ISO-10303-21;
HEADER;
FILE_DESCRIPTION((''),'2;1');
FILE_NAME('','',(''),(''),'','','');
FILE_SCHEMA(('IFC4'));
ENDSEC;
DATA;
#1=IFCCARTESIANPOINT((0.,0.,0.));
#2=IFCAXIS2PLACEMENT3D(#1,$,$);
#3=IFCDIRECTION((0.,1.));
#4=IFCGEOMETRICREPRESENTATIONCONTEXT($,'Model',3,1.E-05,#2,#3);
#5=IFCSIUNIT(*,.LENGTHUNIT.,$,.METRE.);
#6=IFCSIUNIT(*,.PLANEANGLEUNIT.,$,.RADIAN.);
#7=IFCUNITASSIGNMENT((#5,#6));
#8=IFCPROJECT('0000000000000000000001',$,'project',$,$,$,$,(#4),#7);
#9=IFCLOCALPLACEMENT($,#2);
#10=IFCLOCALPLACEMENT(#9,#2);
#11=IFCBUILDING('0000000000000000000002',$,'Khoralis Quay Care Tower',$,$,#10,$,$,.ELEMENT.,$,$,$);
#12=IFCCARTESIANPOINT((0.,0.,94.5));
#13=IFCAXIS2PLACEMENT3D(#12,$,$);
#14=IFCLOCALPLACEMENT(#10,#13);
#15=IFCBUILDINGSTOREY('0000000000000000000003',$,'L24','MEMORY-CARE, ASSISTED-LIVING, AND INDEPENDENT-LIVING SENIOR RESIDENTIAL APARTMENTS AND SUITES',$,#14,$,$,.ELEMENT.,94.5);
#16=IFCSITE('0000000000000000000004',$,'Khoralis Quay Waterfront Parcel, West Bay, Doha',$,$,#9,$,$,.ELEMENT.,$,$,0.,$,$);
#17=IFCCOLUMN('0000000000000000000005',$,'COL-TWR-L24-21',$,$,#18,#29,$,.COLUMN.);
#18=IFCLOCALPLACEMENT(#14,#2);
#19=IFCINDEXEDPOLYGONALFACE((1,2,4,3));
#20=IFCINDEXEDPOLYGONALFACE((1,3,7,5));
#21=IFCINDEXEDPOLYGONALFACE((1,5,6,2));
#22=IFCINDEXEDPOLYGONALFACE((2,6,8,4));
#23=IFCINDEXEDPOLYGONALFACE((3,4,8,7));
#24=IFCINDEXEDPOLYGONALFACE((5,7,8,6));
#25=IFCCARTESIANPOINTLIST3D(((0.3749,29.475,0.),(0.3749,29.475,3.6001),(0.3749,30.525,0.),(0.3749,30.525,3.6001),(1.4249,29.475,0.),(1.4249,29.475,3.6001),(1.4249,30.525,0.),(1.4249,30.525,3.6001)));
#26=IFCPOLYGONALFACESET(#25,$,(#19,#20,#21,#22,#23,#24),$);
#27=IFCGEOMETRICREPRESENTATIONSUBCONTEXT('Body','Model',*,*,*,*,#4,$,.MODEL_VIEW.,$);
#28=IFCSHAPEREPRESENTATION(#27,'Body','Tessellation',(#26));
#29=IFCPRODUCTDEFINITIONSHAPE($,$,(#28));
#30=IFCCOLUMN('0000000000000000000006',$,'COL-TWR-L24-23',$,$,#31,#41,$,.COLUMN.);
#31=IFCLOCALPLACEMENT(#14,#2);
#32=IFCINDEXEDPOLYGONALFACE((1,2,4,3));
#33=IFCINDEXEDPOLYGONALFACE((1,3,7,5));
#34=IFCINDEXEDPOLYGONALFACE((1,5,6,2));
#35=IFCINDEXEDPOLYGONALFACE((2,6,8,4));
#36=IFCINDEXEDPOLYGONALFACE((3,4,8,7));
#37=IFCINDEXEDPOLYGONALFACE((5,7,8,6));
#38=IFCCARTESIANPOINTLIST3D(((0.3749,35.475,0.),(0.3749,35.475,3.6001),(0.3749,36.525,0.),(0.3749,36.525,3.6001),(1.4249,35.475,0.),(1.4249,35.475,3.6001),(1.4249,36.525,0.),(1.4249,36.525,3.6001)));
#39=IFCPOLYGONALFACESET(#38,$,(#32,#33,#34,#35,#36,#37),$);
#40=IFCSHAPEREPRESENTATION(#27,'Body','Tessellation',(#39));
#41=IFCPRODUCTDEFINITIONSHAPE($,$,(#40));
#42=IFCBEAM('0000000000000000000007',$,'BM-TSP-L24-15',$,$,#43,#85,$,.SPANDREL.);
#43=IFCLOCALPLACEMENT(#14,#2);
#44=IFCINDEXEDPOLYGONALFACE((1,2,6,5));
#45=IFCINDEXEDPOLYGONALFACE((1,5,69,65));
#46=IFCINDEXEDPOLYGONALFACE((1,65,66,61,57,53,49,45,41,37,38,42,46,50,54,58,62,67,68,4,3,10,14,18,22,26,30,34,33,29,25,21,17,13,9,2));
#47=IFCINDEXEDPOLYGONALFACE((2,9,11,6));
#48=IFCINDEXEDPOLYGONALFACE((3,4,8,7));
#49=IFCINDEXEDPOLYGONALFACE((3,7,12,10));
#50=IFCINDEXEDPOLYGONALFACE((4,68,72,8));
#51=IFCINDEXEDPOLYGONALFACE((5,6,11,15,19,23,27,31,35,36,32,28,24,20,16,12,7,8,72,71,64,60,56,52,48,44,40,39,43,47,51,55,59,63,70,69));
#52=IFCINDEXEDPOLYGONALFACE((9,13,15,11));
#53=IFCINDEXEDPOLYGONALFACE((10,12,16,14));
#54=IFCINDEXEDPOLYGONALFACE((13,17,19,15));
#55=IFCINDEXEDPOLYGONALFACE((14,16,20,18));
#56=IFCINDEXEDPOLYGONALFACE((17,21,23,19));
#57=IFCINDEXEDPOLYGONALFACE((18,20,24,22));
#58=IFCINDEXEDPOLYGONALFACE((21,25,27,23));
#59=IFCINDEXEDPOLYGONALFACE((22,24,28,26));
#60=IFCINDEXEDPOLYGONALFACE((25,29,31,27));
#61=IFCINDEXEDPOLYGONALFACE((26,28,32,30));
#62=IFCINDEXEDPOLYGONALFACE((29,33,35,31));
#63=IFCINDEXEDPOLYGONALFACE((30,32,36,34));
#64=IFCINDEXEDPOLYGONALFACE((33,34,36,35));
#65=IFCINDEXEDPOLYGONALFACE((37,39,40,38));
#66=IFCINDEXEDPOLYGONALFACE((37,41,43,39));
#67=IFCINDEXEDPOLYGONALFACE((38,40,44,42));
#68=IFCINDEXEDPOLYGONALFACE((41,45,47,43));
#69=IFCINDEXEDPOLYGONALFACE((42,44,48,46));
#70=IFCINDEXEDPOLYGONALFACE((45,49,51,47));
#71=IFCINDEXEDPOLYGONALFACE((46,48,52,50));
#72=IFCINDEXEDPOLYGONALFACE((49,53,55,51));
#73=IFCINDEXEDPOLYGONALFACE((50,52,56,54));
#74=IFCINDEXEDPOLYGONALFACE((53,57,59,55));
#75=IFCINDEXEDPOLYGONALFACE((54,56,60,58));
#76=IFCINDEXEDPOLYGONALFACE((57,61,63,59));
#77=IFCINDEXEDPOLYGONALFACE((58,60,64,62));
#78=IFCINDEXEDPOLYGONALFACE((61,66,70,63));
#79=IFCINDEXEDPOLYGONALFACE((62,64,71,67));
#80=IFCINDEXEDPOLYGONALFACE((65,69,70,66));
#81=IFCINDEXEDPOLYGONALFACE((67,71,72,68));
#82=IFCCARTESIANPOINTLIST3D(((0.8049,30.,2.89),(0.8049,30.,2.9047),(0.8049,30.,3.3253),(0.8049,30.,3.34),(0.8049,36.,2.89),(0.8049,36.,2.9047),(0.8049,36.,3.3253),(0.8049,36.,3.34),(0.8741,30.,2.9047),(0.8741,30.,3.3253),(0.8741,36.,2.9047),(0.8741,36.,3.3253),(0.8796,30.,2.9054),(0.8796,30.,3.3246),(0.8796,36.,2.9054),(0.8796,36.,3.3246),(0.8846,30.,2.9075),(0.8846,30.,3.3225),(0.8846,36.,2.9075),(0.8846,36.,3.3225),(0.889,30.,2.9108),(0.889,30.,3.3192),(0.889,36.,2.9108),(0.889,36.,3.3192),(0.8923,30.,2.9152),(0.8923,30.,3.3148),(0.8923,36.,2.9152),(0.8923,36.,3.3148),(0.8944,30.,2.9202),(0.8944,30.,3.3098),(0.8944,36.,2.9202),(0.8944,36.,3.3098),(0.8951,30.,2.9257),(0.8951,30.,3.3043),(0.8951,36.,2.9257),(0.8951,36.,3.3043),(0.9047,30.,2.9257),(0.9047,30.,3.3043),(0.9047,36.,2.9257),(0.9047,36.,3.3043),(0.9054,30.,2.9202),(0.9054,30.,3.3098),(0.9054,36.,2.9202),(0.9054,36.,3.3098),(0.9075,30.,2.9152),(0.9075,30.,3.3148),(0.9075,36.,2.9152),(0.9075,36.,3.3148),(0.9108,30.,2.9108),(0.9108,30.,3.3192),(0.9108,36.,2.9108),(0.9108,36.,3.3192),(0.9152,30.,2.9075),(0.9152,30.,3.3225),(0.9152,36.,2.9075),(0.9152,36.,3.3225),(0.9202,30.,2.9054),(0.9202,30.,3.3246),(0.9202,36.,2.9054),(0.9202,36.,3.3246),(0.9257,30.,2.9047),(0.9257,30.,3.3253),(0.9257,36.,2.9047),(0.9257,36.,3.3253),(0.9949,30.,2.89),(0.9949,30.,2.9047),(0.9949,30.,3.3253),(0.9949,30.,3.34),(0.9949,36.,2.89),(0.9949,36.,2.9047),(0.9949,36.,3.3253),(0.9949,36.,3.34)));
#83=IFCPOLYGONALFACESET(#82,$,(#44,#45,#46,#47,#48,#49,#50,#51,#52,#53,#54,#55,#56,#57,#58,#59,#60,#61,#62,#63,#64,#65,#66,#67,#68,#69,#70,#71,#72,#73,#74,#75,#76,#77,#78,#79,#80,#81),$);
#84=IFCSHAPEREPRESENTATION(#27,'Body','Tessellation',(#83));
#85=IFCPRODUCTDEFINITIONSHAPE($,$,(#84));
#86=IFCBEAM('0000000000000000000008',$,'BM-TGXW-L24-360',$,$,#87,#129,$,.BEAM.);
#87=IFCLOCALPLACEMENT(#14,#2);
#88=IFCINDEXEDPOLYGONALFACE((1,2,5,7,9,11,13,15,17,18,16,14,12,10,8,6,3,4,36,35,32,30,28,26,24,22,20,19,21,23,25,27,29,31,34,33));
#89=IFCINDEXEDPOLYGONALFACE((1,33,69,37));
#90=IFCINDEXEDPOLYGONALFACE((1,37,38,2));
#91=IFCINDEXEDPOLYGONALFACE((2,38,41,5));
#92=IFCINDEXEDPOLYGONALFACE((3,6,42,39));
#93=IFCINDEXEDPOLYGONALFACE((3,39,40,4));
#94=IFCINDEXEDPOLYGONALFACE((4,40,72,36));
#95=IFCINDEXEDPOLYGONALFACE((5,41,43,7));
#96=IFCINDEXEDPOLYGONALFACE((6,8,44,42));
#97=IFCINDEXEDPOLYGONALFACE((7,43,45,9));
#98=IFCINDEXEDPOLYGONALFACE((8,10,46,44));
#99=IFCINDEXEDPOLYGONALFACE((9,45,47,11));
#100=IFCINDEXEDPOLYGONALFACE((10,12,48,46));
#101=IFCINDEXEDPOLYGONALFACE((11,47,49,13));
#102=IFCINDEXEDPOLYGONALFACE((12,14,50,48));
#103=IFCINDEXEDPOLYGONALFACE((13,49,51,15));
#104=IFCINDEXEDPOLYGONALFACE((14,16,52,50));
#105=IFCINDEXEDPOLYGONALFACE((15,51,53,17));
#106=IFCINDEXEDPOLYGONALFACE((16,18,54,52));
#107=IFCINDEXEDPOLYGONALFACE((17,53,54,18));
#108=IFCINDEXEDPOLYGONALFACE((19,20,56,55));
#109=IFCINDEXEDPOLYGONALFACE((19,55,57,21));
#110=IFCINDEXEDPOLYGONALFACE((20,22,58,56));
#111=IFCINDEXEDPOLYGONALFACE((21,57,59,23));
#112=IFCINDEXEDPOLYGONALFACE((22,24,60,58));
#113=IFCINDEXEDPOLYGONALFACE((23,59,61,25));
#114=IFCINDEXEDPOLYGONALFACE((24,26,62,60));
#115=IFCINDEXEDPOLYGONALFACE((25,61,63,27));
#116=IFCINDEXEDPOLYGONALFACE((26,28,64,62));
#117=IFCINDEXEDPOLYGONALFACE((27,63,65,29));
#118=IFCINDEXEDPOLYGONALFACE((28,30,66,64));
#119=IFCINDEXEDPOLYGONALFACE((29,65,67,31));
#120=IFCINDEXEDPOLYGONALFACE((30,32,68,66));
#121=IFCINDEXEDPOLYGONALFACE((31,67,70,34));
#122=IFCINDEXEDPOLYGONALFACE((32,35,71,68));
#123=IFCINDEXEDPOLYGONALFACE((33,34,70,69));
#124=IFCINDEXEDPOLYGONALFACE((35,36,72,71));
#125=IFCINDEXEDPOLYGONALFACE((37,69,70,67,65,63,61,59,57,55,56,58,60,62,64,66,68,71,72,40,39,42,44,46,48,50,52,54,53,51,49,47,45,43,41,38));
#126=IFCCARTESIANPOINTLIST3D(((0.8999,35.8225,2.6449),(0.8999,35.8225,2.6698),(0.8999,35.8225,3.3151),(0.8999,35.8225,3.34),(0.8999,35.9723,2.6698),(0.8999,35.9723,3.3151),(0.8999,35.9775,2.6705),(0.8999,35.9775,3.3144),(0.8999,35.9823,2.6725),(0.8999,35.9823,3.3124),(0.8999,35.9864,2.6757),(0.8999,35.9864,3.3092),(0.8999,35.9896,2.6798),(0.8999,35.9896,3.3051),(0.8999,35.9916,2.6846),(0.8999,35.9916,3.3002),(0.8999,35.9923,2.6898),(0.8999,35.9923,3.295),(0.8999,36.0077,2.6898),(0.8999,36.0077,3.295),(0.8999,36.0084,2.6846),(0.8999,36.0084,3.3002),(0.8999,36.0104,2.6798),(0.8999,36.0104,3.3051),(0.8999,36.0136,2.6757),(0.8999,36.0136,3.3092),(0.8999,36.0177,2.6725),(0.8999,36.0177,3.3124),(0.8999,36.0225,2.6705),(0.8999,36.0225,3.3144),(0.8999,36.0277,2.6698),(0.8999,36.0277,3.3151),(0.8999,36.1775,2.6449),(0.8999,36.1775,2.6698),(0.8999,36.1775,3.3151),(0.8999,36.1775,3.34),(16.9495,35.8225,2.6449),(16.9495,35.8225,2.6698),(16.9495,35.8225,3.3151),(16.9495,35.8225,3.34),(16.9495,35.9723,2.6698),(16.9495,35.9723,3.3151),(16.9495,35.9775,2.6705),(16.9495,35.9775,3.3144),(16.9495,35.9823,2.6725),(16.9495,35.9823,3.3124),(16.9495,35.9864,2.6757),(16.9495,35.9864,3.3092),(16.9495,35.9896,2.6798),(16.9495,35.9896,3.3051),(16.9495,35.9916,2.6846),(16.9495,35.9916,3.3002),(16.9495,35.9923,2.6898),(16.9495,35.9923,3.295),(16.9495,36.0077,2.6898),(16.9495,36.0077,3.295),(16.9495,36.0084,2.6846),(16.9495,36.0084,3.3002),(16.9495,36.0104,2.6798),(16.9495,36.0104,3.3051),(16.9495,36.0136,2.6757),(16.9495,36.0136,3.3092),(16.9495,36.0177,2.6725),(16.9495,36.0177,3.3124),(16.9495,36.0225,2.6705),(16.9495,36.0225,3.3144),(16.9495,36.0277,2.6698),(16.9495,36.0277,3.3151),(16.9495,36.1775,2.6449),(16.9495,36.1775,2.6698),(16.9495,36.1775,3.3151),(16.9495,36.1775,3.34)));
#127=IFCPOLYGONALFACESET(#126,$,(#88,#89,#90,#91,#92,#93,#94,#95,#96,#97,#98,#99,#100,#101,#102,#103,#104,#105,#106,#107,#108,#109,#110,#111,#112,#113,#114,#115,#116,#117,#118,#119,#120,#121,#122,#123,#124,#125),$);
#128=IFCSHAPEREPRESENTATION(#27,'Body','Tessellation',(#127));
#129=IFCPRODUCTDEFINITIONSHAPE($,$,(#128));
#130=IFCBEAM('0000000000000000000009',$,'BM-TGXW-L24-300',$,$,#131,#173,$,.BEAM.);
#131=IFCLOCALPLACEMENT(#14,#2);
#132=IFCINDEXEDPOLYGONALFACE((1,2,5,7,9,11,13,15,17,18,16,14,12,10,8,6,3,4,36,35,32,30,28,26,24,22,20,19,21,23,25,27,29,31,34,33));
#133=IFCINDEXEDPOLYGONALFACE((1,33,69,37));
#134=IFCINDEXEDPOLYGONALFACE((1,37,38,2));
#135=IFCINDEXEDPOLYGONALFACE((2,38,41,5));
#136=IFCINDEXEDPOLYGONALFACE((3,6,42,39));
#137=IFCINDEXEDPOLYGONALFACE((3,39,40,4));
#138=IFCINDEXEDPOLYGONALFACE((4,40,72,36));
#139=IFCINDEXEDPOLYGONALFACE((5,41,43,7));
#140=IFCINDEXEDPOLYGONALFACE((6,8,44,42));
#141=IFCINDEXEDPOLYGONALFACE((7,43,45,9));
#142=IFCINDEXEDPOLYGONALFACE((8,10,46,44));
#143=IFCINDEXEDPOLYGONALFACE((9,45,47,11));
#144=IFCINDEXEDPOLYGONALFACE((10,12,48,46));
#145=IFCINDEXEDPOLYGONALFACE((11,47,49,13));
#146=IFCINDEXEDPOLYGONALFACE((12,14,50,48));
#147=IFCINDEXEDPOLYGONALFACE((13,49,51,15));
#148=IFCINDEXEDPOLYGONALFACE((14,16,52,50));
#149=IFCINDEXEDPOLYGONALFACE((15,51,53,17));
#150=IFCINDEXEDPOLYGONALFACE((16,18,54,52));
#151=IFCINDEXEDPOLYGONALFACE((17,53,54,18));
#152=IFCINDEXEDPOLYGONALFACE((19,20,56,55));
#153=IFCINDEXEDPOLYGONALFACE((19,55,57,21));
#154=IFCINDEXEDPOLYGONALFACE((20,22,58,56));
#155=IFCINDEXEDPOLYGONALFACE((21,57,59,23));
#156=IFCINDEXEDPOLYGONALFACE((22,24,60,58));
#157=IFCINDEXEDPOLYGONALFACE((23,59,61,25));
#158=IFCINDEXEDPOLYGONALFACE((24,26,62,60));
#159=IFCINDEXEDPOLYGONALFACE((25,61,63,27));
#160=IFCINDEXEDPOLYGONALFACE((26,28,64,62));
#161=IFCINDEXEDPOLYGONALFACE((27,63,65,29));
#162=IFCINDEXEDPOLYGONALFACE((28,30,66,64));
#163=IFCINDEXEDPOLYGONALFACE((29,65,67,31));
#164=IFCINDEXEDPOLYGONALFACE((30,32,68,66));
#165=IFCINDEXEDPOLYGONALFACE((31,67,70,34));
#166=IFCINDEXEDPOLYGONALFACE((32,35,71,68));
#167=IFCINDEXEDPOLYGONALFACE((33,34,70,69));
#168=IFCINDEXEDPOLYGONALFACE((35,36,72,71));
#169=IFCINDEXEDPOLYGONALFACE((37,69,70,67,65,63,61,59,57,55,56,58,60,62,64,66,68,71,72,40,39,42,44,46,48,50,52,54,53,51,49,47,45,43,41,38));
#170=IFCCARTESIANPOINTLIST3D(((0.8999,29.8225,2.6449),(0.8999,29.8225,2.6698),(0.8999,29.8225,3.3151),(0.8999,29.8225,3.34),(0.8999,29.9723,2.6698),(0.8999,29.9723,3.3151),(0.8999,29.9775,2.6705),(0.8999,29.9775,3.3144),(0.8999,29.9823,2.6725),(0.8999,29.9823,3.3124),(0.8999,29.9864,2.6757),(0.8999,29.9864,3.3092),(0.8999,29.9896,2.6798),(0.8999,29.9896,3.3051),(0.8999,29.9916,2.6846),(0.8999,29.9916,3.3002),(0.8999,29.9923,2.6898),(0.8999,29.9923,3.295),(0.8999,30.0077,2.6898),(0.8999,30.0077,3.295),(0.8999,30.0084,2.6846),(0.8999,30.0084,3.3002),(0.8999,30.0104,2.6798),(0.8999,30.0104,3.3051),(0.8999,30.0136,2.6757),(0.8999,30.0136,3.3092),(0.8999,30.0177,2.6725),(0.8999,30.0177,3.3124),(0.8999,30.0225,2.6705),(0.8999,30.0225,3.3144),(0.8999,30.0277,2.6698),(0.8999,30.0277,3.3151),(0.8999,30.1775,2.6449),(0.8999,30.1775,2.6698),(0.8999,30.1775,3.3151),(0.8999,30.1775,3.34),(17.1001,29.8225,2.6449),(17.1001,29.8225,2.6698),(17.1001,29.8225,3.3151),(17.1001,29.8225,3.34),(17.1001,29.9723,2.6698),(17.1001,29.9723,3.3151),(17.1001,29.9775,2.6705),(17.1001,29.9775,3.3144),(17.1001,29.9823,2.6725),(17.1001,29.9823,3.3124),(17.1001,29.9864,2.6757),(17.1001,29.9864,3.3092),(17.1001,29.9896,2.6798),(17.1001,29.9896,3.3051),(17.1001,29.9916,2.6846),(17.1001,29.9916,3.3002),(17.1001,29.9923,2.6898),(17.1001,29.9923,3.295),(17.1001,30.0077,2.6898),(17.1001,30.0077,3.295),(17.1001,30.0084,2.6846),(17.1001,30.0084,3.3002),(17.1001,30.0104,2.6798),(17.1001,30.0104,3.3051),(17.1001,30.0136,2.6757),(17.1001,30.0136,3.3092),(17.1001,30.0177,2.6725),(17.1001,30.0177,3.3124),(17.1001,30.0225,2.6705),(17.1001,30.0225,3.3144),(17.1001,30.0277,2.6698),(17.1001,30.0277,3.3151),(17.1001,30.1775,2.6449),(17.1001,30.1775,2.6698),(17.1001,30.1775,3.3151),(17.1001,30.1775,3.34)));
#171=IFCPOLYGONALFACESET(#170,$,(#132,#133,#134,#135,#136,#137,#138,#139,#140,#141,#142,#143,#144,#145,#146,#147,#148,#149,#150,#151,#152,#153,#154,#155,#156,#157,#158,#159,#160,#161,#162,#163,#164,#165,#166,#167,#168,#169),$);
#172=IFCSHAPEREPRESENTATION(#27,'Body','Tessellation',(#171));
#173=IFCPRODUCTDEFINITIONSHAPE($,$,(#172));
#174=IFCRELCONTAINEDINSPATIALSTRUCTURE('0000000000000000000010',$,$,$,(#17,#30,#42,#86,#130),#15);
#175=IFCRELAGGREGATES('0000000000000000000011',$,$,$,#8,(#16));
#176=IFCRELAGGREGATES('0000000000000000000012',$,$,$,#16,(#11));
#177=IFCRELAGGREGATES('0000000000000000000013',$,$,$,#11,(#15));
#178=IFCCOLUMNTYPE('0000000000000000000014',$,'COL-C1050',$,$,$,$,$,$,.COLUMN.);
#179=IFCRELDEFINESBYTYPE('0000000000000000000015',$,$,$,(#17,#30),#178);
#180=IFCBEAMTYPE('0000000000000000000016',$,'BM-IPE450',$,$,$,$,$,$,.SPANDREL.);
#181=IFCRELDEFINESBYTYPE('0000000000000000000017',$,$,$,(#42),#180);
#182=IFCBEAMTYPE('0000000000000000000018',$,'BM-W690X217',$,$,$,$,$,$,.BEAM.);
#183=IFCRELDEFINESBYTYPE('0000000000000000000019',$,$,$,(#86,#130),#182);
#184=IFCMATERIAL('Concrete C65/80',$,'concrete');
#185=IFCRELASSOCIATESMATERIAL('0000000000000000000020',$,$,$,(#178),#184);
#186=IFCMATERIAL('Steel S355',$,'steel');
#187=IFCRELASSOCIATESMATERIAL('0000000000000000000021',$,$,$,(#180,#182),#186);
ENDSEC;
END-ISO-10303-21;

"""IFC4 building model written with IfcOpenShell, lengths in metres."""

from ifc_helpers import new_model, si_unit, direction, frame, origin, origin_2d, place, context, subcontext, project, spatial, rectangle, i_section, extrude, source, transform, mapped, material, material_profile, profile_set, type_object, element, save


model = new_model("IFC4")

# Units and contexts
model_context = context("Model", 3, precision=1e-05, world=origin(), true_north=direction((0.0, 1.0)))
body_context = subcontext(model_context, "Body", "Model", "MODEL_VIEW")
ifc_project = project(units=[si_unit("LENGTHUNIT", "METRE"), si_unit("PLANEANGLEUNIT", "RADIAN")], contexts=[model_context])

# Site, building, storey
site_placement = place(None, origin())
site = spatial("IfcSite", under=ifc_project, at=site_placement, Name="Khoralis Quay Waterfront Parcel, West Bay, Doha", CompositionType="ELEMENT", RefElevation=0.0)
building_placement = place(site_placement, origin())
building = spatial("IfcBuilding", under=site, at=building_placement, Name="Khoralis Quay Care Tower", CompositionType="ELEMENT")
storey_placement = place(building_placement, frame((0.0, 0.0, 94.5)))
storey = spatial("IfcBuildingStorey", under=building, at=storey_placement, Name="L24", Description="MEMORY-CARE, ASSISTED-LIVING, AND INDEPENDENT-LIVING SENIOR RESIDENTIAL APARTMENTS AND SUITES", CompositionType="ELEMENT", Elevation=94.5)

# Columns
ifc_material_1 = material(Name="Concrete C65/80", Category="concrete")
ifc_material_profile_1 = material_profile(ifc_material_1, rectangle(XDim=1.05, YDim=1.05, at=origin_2d()), Name="Concrete C65/80")
ifc_profile_set_1 = profile_set([ifc_material_profile_1], Name="Concrete C65/80")
column_type = type_object("IfcColumnType", Name="COL-C1050", PredefinedType="COLUMN", material=ifc_profile_set_1)
shared_shape_1 = source(origin(), body_context, "Body", "SweptSolid", [
    extrude(rectangle(XDim=1.05, YDim=1.05, at=origin_2d()), origin(), (0.0, 0.0, 1.0), 3.6001),
])
for number, where, z_axis, x_axis, name in (
    (1, (0.8999, 30.0, 0.0), (0.0, 0.0, 1.0), (1.0, 0.0, 0.0), "COL-TWR-L24-21"),
    (2, (0.8999, 36.0, 0.0), (0.0, 0.0, 1.0), (1.0, 0.0, 0.0), "COL-TWR-L24-23"),
):
    element("IfcColumn", number, at=place(storey_placement, frame(where, z_axis=z_axis, x_axis=x_axis)), inside=storey, type_object=column_type, Name=name, PredefinedType="COLUMN", context=body_context, shape_type="MappedRepresentation", body=[
        mapped(shared_shape_1, transform((0.0, 0.0, 0.0), scale=1.0)),
    ])

# Beams
ifc_material_2 = material(Name="Steel S355", Category="steel")
ifc_material_profile_2 = material_profile(ifc_material_2, i_section(OverallWidth=0.1899, OverallDepth=0.45, WebThickness=0.0095, FlangeThickness=0.0146, FilletRadius=0.021, at=origin_2d()), Name="Steel S355")
ifc_profile_set_2 = profile_set([ifc_material_profile_2], Name="Steel S355")
beam_type_1 = type_object("IfcBeamType", Name="BM-IPE450", PredefinedType="SPANDREL", material=ifc_profile_set_2)
shared_shape_2 = source(origin(), body_context, "Body", "SweptSolid", [
    extrude(i_section(OverallWidth=0.1899, OverallDepth=0.45, WebThickness=0.0095, FlangeThickness=0.0146, FilletRadius=0.021, at=origin_2d()), origin(), (0.0, 0.0, 1.0), 6.0),
])
beam_1_placement = place(storey_placement, frame((0.8999, 30.0, 3.115), z_axis=(0.0, 1.0, 0.0), x_axis=(-1.0, 0.0, 0.0)))
element("IfcBeam", 3, at=beam_1_placement, inside=storey, type_object=beam_type_1, Name="BM-TSP-L24-15", PredefinedType="SPANDREL", context=body_context, shape_type="MappedRepresentation", body=[
    mapped(shared_shape_2, transform((0.0, 0.0, 0.0), scale=1.0)),
])
ifc_material_profile_3 = material_profile(ifc_material_2, i_section(OverallWidth=0.355, OverallDepth=0.6951, WebThickness=0.0154, FlangeThickness=0.0249, FilletRadius=0.02, at=origin_2d()), Name="Steel S355")
ifc_profile_set_3 = profile_set([ifc_material_profile_3], Name="Steel S355")
beam_type_2 = type_object("IfcBeamType", Name="BM-W690X217", PredefinedType="BEAM", material=ifc_profile_set_3)
shared_shape_3 = source(origin(), body_context, "Body", "SweptSolid", [
    extrude(i_section(OverallWidth=0.355, OverallDepth=0.6951, WebThickness=0.0154, FlangeThickness=0.0249, FilletRadius=0.02, at=origin_2d()), origin(), (0.0, 0.0, 1.0), 16.0496),
])
beam_2_placement = place(storey_placement, frame((0.8999, 36.0, 2.9924), z_axis=(1.0, 0.0, 0.0), x_axis=(0.0, 1.0, 0.0)))
element("IfcBeam", 4, at=beam_2_placement, inside=storey, type_object=beam_type_2, Name="BM-TGXW-L24-360", PredefinedType="BEAM", context=body_context, shape_type="MappedRepresentation", body=[
    mapped(shared_shape_3, transform((0.0, 0.0, 0.0), scale=1.0)),
])
shared_shape_4 = source(origin(), body_context, "Body", "SweptSolid", [
    extrude(i_section(OverallWidth=0.355, OverallDepth=0.6951, WebThickness=0.0154, FlangeThickness=0.0249, FilletRadius=0.02, at=origin_2d()), origin(), (0.0, 0.0, 1.0), 16.2002),
])
beam_3_placement = place(storey_placement, frame((0.8999, 30.0, 2.9924), z_axis=(1.0, 0.0, 0.0), x_axis=(0.0, 1.0, 0.0)))
element("IfcBeam", 5, at=beam_3_placement, inside=storey, type_object=beam_type_2, Name="BM-TGXW-L24-300", PredefinedType="BEAM", context=body_context, shape_type="MappedRepresentation", body=[
    mapped(shared_shape_4, transform((0.0, 0.0, 0.0), scale=1.0)),
])

save(model, "model.ifc")
